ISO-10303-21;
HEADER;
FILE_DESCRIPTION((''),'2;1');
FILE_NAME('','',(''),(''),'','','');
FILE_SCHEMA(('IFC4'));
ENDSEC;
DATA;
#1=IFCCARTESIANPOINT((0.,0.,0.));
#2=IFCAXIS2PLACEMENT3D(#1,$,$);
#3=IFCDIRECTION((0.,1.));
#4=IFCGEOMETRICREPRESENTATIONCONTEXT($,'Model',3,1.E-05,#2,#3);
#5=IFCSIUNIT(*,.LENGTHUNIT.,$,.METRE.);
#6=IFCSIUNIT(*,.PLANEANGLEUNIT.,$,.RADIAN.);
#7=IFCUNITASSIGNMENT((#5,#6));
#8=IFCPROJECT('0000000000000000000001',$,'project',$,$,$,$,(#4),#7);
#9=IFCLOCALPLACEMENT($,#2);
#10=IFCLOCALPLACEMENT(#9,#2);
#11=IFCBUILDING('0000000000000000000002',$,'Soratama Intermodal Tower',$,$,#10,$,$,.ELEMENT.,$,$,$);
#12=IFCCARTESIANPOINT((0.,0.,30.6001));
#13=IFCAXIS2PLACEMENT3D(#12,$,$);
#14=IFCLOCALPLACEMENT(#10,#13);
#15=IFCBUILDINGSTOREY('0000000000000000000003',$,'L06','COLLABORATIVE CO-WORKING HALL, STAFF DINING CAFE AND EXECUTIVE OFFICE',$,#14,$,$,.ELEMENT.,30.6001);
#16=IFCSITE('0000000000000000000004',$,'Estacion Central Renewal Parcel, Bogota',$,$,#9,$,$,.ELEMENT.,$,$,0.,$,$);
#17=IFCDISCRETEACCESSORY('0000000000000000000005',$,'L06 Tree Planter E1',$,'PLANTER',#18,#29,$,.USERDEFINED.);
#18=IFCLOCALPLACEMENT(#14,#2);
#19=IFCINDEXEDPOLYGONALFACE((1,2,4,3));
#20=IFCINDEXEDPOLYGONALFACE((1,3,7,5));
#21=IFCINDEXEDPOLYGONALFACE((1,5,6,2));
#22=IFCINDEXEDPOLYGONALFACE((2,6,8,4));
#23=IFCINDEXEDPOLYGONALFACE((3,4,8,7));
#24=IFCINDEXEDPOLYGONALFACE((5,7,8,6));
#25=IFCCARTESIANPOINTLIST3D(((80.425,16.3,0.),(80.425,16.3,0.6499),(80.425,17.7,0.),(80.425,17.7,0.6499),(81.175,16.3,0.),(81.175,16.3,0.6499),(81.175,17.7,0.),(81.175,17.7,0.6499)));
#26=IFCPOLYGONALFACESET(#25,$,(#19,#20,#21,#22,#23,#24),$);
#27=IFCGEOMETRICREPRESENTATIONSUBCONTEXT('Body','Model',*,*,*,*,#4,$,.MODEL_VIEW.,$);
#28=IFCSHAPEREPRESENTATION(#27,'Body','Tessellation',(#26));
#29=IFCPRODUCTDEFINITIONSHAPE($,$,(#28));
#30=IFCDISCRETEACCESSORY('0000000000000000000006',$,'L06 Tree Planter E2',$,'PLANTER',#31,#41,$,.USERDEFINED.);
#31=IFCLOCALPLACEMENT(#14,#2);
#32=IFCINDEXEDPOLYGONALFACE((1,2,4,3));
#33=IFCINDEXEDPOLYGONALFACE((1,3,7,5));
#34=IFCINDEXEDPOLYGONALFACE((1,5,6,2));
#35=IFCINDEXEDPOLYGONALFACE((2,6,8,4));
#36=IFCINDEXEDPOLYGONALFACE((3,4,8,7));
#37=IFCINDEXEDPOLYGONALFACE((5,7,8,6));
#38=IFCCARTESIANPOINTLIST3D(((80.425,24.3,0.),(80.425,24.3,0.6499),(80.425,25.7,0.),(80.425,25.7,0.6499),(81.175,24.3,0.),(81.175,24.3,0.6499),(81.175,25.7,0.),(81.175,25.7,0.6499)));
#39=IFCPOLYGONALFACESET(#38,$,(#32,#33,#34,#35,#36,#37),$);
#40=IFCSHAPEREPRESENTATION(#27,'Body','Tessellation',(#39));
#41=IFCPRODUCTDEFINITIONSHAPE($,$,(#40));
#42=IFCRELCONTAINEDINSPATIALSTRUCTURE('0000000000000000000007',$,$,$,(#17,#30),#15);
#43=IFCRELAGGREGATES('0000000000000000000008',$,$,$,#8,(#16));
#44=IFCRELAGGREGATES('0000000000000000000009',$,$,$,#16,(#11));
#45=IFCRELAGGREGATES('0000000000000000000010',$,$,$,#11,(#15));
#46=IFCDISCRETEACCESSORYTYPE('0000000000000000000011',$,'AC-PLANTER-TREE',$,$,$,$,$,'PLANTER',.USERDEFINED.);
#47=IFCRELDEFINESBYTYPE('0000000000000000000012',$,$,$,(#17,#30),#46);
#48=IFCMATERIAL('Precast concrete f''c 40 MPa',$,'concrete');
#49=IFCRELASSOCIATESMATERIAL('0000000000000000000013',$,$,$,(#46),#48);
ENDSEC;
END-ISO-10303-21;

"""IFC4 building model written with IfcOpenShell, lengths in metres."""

from ifc_helpers import new_model, si_unit, direction, frame, origin, origin_2d, place, context, subcontext, project, spatial, rectangle, extrude, material, type_object, element, save


model = new_model("IFC4")

# Units and contexts
model_context = context("Model", 3, precision=1e-05, world=origin(), true_north=direction((0.0, 1.0)))
body_context = subcontext(model_context, "Body", "Model", "MODEL_VIEW")
ifc_project = project(units=[si_unit("LENGTHUNIT", "METRE"), si_unit("PLANEANGLEUNIT", "RADIAN")], contexts=[model_context])

# Site, building, storey
site_placement = place(None, origin())
site = spatial("IfcSite", under=ifc_project, at=site_placement, Name="Estacion Central Renewal Parcel, Bogota", CompositionType="ELEMENT", RefElevation=0.0)
building_placement = place(site_placement, origin())
building = spatial("IfcBuilding", under=site, at=building_placement, Name="Soratama Intermodal Tower", CompositionType="ELEMENT")
storey_placement = place(building_placement, frame((0.0, 0.0, 30.6001)))
storey = spatial("IfcBuildingStorey", under=building, at=storey_placement, Name="L06", Description="COLLABORATIVE CO-WORKING HALL, STAFF DINING CAFE AND EXECUTIVE OFFICE", CompositionType="ELEMENT", Elevation=30.6001)

# Discrete accessories
ifc_material_1 = material(Name="Precast concrete f'c 40 MPa", Category="concrete")
discrete_accessory_type_1 = type_object("IfcDiscreteAccessoryType", Name="AC-PLANTER-TREE", ElementType="PLANTER", PredefinedType="USERDEFINED", material=ifc_material_1)
for number, where, z_axis, x_axis, name in (
    (1, (80.8, 17.0, 0.0), (0.0, 0.0, 1.0), (1.0, 0.0, 0.0), "L06 Tree Planter E1"),
    (2, (80.8, 25.0, 0.0), (0.0, 0.0, 1.0), (1.0, 0.0, 0.0), "L06 Tree Planter E2"),
):
    element("IfcDiscreteAccessory", number, at=place(storey_placement, frame(where, z_axis=z_axis, x_axis=x_axis)), inside=storey, type_object=discrete_accessory_type_1, Name=name, ObjectType="PLANTER", PredefinedType="USERDEFINED", context=body_context, shape_type="SweptSolid", body=[
        extrude(rectangle(XDim=0.75, YDim=1.3999, at=origin_2d()), origin(), (0.0, 0.0, 1.0), 0.6499),
    ])

save(model, "model.ifc")
